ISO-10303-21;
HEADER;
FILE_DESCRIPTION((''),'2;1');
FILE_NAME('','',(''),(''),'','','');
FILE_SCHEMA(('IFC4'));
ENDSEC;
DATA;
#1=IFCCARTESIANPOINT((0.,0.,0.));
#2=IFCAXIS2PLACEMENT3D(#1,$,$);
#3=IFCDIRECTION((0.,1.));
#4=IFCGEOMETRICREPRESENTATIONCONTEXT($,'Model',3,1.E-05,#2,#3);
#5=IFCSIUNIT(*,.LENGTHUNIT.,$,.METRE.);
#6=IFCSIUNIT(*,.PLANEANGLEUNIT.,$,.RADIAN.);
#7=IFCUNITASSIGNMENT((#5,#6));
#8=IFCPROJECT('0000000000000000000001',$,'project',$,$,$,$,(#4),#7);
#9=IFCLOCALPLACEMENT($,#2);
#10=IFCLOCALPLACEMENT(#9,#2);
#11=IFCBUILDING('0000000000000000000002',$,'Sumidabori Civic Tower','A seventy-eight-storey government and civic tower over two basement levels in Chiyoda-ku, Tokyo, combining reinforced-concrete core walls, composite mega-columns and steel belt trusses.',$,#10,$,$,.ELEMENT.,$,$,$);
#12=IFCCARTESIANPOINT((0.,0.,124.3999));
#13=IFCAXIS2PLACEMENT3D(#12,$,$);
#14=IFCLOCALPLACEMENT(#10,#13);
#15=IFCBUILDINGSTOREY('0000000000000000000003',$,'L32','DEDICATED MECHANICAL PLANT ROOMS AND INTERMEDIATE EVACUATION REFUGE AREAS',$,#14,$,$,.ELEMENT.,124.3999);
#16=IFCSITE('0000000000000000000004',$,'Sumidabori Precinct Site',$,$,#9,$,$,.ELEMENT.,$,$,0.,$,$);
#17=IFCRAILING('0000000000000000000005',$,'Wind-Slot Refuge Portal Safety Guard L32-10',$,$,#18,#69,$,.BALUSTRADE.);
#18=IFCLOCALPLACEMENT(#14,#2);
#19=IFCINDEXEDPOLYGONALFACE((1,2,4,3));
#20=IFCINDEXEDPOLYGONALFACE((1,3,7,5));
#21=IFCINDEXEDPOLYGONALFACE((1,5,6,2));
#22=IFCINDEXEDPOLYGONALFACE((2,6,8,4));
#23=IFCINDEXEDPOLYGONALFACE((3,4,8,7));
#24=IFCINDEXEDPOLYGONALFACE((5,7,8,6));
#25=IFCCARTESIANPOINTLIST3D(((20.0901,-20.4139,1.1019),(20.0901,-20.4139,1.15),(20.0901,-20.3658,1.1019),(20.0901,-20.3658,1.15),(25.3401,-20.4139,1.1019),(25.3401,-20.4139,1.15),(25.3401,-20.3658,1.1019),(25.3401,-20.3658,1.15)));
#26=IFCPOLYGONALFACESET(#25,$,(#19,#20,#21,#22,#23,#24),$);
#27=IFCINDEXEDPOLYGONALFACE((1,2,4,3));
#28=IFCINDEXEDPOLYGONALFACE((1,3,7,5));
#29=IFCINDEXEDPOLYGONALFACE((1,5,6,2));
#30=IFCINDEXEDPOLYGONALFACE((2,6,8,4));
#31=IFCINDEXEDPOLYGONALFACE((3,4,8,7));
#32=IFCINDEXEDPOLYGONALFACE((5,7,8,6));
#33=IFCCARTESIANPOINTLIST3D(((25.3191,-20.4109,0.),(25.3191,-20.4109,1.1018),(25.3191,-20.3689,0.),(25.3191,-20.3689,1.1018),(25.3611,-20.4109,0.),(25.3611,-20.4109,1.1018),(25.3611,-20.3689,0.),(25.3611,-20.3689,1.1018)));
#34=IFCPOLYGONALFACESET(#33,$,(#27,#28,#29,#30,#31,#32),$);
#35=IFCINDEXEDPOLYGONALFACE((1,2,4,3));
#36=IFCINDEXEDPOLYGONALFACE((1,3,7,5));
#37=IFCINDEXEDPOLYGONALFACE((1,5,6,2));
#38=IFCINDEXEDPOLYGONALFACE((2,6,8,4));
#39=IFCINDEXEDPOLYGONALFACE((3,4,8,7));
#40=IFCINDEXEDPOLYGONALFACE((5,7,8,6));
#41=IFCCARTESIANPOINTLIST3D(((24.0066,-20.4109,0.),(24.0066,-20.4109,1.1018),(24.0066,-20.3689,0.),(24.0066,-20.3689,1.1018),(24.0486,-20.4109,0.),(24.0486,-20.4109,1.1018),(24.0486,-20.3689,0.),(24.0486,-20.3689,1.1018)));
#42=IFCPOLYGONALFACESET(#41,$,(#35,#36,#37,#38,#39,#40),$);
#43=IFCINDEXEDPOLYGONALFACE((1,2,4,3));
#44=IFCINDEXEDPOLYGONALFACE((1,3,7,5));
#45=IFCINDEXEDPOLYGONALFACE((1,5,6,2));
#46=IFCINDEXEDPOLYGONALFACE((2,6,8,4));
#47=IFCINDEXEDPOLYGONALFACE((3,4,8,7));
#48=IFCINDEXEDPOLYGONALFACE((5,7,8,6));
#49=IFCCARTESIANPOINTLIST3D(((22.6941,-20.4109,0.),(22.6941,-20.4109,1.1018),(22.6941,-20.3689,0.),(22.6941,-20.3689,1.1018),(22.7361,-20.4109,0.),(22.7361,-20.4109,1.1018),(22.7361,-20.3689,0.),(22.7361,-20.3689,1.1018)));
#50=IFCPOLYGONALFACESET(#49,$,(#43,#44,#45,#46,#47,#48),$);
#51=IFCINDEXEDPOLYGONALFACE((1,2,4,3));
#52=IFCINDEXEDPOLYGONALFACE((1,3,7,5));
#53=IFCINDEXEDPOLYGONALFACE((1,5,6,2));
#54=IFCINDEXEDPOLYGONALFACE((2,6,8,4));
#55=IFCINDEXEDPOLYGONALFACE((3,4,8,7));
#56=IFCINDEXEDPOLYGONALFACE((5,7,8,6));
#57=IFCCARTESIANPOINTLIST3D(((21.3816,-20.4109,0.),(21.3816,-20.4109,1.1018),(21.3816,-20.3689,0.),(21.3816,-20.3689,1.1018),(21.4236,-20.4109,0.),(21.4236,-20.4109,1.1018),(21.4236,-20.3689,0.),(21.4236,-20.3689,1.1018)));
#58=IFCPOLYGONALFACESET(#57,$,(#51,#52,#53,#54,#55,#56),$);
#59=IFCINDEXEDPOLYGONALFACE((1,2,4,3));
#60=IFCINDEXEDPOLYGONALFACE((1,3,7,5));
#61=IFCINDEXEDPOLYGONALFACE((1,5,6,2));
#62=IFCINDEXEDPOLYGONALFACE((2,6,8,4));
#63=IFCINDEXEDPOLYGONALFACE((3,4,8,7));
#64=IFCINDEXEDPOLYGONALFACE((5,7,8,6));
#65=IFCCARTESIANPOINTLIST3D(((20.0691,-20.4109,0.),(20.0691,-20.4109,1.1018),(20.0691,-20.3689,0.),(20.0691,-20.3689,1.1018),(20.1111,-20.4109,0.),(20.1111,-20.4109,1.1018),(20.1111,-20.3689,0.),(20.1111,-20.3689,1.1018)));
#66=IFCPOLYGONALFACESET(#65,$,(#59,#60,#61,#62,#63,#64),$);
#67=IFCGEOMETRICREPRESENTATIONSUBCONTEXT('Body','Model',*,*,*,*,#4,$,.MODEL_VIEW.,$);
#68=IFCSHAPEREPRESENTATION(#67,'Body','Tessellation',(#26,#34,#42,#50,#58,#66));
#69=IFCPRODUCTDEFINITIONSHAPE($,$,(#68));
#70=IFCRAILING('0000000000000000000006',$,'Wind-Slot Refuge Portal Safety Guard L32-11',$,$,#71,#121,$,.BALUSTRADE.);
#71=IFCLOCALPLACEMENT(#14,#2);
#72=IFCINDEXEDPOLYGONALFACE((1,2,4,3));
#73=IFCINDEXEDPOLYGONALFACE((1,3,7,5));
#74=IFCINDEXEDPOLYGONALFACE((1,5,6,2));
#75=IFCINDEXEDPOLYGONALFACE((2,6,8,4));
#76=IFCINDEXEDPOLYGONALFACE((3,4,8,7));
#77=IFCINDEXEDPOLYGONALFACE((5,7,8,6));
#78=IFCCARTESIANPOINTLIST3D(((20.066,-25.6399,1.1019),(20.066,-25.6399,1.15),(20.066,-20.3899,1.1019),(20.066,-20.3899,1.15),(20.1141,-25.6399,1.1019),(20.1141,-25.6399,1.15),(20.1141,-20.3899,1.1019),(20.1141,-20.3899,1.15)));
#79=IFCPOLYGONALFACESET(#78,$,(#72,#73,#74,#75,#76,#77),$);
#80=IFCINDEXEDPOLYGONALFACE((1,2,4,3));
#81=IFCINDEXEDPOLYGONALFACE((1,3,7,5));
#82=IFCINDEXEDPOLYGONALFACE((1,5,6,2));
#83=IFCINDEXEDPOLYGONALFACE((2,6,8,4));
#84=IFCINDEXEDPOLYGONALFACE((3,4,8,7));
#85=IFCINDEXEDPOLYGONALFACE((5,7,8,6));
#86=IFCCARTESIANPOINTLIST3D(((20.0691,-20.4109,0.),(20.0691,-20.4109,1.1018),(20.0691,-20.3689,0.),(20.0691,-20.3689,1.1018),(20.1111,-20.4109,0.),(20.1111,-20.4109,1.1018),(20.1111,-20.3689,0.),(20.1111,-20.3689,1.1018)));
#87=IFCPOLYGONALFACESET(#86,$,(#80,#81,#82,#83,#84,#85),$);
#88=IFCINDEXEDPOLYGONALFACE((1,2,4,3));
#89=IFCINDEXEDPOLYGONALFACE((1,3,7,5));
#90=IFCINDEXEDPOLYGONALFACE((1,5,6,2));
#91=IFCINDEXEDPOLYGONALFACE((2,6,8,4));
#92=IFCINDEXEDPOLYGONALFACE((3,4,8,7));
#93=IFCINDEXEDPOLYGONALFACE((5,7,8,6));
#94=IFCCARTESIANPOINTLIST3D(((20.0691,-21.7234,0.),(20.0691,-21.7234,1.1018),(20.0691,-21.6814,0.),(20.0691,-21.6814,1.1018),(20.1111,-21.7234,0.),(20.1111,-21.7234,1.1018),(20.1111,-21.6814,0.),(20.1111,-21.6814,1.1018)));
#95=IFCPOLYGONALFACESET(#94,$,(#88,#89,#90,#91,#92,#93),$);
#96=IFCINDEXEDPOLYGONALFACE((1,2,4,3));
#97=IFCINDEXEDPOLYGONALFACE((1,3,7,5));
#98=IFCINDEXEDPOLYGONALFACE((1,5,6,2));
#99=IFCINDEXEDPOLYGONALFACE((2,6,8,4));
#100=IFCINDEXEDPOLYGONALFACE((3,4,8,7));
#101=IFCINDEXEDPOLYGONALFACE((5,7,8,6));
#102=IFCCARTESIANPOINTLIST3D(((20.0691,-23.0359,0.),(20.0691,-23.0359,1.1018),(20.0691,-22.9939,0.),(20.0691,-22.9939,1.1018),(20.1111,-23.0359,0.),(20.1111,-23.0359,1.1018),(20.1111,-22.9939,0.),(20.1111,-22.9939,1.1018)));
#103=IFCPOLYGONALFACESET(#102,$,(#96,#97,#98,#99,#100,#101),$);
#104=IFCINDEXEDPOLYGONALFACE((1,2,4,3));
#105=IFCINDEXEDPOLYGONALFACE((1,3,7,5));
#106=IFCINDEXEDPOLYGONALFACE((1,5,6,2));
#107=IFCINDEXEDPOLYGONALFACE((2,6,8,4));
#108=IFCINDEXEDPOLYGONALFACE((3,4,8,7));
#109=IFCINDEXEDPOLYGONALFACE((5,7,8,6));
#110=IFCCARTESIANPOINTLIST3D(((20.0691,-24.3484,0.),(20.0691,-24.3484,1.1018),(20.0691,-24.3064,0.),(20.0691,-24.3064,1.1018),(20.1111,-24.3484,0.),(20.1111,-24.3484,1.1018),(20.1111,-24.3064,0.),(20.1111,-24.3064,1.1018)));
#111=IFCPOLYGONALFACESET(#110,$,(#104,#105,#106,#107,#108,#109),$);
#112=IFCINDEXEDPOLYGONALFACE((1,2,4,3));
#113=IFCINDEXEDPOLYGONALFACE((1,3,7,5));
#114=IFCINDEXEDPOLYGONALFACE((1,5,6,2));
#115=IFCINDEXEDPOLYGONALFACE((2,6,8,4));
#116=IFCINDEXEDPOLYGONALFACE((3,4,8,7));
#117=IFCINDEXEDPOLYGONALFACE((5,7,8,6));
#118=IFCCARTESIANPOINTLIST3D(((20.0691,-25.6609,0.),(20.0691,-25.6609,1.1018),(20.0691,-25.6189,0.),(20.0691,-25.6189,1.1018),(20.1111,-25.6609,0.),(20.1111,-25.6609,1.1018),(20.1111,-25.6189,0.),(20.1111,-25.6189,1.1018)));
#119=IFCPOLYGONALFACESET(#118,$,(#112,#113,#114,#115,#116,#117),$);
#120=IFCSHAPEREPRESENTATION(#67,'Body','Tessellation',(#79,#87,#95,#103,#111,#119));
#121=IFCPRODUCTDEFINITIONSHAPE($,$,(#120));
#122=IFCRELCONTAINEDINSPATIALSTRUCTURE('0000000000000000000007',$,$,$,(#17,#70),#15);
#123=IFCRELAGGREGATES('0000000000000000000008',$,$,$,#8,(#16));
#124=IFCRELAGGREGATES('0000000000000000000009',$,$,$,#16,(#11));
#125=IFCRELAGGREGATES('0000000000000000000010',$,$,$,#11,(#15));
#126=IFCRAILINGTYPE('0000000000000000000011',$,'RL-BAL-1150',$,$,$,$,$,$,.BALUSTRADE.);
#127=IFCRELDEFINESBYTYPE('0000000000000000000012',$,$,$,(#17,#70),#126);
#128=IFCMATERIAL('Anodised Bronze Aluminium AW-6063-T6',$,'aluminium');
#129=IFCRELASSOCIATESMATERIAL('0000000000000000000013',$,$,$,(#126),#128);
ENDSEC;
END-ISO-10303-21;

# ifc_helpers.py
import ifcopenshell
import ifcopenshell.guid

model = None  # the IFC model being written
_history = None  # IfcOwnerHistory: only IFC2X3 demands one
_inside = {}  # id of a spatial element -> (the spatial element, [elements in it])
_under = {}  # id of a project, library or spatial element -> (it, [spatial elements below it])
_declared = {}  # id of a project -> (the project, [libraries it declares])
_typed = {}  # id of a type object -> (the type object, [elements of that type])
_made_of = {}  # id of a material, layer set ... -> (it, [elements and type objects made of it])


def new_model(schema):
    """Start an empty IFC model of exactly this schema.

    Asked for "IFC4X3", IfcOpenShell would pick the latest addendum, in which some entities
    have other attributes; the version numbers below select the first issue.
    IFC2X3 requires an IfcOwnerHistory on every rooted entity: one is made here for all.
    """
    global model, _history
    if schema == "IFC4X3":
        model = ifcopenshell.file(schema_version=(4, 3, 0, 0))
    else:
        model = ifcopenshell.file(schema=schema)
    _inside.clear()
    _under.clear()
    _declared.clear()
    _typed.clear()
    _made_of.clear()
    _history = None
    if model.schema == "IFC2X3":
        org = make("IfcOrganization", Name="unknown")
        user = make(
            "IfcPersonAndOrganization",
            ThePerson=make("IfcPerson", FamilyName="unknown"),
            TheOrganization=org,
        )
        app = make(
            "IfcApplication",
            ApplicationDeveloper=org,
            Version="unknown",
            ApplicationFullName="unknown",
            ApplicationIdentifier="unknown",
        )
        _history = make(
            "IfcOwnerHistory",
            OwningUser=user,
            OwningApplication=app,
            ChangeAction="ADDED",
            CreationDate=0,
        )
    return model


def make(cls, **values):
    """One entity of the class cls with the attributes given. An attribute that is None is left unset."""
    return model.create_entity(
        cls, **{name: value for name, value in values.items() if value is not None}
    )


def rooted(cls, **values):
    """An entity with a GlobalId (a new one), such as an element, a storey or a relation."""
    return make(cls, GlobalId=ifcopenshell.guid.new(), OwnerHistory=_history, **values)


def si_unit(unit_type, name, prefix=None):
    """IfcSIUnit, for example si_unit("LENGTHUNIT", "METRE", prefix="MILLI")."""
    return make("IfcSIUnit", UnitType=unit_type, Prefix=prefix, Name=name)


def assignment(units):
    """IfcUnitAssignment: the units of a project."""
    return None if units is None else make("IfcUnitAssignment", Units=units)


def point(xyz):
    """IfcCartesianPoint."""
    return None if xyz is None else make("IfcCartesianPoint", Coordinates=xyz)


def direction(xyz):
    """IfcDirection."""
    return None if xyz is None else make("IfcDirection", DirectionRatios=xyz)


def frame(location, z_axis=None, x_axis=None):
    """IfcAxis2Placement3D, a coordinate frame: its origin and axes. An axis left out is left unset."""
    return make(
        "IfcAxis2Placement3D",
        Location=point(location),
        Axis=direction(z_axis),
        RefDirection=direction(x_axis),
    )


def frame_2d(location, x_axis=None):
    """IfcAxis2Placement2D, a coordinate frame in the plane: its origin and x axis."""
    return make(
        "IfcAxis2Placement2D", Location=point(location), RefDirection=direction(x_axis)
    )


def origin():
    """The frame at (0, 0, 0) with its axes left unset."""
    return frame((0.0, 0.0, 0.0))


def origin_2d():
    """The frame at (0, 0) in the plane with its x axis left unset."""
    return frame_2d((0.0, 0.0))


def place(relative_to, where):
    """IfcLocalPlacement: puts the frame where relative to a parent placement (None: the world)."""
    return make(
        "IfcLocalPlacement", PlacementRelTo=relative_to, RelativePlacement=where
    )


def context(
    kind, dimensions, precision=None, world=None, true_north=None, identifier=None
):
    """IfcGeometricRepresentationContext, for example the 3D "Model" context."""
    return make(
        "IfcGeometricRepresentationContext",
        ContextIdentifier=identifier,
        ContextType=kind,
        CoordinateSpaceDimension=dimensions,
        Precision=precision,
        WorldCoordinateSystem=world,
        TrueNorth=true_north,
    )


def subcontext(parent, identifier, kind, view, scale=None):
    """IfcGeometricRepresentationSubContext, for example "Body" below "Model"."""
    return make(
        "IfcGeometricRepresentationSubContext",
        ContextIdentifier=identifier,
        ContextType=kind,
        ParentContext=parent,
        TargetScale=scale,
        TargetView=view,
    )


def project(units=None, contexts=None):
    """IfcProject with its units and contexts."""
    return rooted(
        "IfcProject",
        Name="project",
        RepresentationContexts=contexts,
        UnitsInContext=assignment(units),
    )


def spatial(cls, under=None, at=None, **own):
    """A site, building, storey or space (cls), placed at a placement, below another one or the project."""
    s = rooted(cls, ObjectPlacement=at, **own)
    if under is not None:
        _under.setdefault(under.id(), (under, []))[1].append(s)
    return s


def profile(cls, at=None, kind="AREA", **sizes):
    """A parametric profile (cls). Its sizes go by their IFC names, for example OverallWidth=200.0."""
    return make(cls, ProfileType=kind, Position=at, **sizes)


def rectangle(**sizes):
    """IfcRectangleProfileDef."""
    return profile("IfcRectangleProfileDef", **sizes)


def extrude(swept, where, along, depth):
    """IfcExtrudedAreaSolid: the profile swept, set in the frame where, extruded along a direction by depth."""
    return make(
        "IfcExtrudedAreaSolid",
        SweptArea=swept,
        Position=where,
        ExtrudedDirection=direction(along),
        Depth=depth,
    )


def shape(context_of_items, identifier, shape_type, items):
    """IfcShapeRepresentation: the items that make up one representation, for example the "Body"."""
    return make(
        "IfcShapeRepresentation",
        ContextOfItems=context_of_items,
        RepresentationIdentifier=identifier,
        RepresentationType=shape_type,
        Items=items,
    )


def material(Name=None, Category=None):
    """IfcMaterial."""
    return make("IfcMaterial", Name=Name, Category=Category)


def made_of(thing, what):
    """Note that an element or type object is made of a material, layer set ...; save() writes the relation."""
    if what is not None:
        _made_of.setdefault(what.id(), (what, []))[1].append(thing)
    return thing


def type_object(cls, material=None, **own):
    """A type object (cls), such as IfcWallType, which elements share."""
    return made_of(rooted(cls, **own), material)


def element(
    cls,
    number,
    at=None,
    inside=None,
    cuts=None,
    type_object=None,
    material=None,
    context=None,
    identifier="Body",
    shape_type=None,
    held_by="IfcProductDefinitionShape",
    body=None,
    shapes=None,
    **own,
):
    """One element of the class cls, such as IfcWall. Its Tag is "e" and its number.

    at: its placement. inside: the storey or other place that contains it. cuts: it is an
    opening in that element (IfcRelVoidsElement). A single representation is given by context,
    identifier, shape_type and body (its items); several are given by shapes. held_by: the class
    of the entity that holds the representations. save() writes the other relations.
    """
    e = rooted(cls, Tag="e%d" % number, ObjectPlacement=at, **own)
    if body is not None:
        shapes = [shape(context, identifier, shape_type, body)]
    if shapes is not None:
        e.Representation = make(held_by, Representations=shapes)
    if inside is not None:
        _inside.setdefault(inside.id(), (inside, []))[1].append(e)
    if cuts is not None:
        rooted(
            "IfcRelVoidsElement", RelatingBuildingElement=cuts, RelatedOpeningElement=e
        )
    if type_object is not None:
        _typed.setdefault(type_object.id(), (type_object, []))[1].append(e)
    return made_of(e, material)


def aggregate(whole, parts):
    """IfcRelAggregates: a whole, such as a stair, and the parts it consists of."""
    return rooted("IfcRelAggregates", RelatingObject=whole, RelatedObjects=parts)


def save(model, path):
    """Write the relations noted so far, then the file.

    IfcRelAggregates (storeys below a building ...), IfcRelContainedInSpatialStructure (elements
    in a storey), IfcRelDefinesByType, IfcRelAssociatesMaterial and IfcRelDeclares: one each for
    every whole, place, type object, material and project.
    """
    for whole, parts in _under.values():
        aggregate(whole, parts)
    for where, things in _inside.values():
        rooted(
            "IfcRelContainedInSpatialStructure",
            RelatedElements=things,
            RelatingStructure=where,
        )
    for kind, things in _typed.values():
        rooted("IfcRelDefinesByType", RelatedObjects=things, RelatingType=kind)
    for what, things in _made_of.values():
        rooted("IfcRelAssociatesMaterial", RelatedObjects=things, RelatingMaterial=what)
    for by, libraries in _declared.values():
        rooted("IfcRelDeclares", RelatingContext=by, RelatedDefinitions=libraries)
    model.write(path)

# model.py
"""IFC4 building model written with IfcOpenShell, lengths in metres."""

from ifc_helpers import new_model, si_unit, direction, frame, origin, origin_2d, place, context, subcontext, project, spatial, rectangle, extrude, material, type_object, element, save


model = new_model("IFC4")

# Units and contexts
model_context = context("Model", 3, precision=1e-05, world=origin(), true_north=direction((0.0, 1.0)))
body_context = subcontext(model_context, "Body", "Model", "MODEL_VIEW")
ifc_project = project(units=[si_unit("LENGTHUNIT", "METRE"), si_unit("PLANEANGLEUNIT", "RADIAN")], contexts=[model_context])

# Site, building, storey
site_placement = place(None, origin())
site = spatial("IfcSite", under=ifc_project, at=site_placement, Name="Sumidabori Precinct Site", CompositionType="ELEMENT", RefElevation=0.0)
building_placement = place(site_placement, origin())
building = spatial("IfcBuilding", under=site, at=building_placement, Name="Sumidabori Civic Tower", Description="A seventy-eight-storey government and civic tower over two basement levels in Chiyoda-ku, Tokyo, combining reinforced-concrete core walls, composite mega-columns and steel belt trusses.", CompositionType="ELEMENT")
storey_placement = place(building_placement, frame((0.0, 0.0, 124.3999)))
storey = spatial("IfcBuildingStorey", under=building, at=storey_placement, Name="L32", Description="DEDICATED MECHANICAL PLANT ROOMS AND INTERMEDIATE EVACUATION REFUGE AREAS", CompositionType="ELEMENT", Elevation=124.3999)

# Railings
ifc_material_1 = material(Name="Anodised Bronze Aluminium AW-6063-T6", Category="aluminium")
railing_type = type_object("IfcRailingType", Name="RL-BAL-1150", PredefinedType="BALUSTRADE", material=ifc_material_1)
railing_1_placement = place(storey_placement, frame((25.3401, -20.3899, 0.0)))
element("IfcRailing", 1, at=railing_1_placement, inside=storey, type_object=railing_type, Name="Wind-Slot Refuge Portal Safety Guard L32-10", PredefinedType="BALUSTRADE", context=body_context, shape_type="SweptSolid", body=[
    extrude(rectangle(XDim=0.0481, YDim=0.0481, at=origin_2d()), frame((0.0, 0.0, 1.126), z_axis=(-1.0, 0.0, 0.0), x_axis=(0.0, -1.0, 0.0)), (0.0, 0.0, 1.0), 5.25),
    extrude(rectangle(XDim=0.042, YDim=0.042, at=origin_2d()), origin(), (0.0, 0.0, 1.0), 1.1018),
    extrude(rectangle(XDim=0.042, YDim=0.042, at=origin_2d()), frame((-1.3125, 0.0, 0.0)), (0.0, 0.0, 1.0), 1.1018),
    extrude(rectangle(XDim=0.042, YDim=0.042, at=origin_2d()), frame((-2.625, 0.0, 0.0)), (0.0, 0.0, 1.0), 1.1018),
    extrude(rectangle(XDim=0.042, YDim=0.042, at=origin_2d()), frame((-3.9375, 0.0, 0.0)), (0.0, 0.0, 1.0), 1.1018),
    extrude(rectangle(XDim=0.042, YDim=0.042, at=origin_2d()), frame((-5.25, 0.0, 0.0)), (0.0, 0.0, 1.0), 1.1018),
])
railing_2_placement = place(storey_placement, frame((20.0901, -20.3899, 0.0)))
element("IfcRailing", 2, at=railing_2_placement, inside=storey, type_object=railing_type, Name="Wind-Slot Refuge Portal Safety Guard L32-11", PredefinedType="BALUSTRADE", context=body_context, shape_type="SweptSolid", body=[
    extrude(rectangle(XDim=0.0481, YDim=0.0481, at=origin_2d()), frame((0.0, 0.0, 1.126), z_axis=(0.0, -1.0, 0.0), x_axis=(1.0, 0.0, 0.0)), (0.0, 0.0, 1.0), 5.25),
    extrude(rectangle(XDim=0.042, YDim=0.042, at=origin_2d()), origin(), (0.0, 0.0, 1.0), 1.1018),
    extrude(rectangle(XDim=0.042, YDim=0.042, at=origin_2d()), frame((0.0, -1.3125, 0.0)), (0.0, 0.0, 1.0), 1.1018),
    extrude(rectangle(XDim=0.042, YDim=0.042, at=origin_2d()), frame((0.0, -2.625, 0.0)), (0.0, 0.0, 1.0), 1.1018),
    extrude(rectangle(XDim=0.042, YDim=0.042, at=origin_2d()), frame((0.0, -3.9375, 0.0)), (0.0, 0.0, 1.0), 1.1018),
    extrude(rectangle(XDim=0.042, YDim=0.042, at=origin_2d()), frame((0.0, -5.25, 0.0)), (0.0, 0.0, 1.0), 1.1018),
])

save(model, "model.ifc")
